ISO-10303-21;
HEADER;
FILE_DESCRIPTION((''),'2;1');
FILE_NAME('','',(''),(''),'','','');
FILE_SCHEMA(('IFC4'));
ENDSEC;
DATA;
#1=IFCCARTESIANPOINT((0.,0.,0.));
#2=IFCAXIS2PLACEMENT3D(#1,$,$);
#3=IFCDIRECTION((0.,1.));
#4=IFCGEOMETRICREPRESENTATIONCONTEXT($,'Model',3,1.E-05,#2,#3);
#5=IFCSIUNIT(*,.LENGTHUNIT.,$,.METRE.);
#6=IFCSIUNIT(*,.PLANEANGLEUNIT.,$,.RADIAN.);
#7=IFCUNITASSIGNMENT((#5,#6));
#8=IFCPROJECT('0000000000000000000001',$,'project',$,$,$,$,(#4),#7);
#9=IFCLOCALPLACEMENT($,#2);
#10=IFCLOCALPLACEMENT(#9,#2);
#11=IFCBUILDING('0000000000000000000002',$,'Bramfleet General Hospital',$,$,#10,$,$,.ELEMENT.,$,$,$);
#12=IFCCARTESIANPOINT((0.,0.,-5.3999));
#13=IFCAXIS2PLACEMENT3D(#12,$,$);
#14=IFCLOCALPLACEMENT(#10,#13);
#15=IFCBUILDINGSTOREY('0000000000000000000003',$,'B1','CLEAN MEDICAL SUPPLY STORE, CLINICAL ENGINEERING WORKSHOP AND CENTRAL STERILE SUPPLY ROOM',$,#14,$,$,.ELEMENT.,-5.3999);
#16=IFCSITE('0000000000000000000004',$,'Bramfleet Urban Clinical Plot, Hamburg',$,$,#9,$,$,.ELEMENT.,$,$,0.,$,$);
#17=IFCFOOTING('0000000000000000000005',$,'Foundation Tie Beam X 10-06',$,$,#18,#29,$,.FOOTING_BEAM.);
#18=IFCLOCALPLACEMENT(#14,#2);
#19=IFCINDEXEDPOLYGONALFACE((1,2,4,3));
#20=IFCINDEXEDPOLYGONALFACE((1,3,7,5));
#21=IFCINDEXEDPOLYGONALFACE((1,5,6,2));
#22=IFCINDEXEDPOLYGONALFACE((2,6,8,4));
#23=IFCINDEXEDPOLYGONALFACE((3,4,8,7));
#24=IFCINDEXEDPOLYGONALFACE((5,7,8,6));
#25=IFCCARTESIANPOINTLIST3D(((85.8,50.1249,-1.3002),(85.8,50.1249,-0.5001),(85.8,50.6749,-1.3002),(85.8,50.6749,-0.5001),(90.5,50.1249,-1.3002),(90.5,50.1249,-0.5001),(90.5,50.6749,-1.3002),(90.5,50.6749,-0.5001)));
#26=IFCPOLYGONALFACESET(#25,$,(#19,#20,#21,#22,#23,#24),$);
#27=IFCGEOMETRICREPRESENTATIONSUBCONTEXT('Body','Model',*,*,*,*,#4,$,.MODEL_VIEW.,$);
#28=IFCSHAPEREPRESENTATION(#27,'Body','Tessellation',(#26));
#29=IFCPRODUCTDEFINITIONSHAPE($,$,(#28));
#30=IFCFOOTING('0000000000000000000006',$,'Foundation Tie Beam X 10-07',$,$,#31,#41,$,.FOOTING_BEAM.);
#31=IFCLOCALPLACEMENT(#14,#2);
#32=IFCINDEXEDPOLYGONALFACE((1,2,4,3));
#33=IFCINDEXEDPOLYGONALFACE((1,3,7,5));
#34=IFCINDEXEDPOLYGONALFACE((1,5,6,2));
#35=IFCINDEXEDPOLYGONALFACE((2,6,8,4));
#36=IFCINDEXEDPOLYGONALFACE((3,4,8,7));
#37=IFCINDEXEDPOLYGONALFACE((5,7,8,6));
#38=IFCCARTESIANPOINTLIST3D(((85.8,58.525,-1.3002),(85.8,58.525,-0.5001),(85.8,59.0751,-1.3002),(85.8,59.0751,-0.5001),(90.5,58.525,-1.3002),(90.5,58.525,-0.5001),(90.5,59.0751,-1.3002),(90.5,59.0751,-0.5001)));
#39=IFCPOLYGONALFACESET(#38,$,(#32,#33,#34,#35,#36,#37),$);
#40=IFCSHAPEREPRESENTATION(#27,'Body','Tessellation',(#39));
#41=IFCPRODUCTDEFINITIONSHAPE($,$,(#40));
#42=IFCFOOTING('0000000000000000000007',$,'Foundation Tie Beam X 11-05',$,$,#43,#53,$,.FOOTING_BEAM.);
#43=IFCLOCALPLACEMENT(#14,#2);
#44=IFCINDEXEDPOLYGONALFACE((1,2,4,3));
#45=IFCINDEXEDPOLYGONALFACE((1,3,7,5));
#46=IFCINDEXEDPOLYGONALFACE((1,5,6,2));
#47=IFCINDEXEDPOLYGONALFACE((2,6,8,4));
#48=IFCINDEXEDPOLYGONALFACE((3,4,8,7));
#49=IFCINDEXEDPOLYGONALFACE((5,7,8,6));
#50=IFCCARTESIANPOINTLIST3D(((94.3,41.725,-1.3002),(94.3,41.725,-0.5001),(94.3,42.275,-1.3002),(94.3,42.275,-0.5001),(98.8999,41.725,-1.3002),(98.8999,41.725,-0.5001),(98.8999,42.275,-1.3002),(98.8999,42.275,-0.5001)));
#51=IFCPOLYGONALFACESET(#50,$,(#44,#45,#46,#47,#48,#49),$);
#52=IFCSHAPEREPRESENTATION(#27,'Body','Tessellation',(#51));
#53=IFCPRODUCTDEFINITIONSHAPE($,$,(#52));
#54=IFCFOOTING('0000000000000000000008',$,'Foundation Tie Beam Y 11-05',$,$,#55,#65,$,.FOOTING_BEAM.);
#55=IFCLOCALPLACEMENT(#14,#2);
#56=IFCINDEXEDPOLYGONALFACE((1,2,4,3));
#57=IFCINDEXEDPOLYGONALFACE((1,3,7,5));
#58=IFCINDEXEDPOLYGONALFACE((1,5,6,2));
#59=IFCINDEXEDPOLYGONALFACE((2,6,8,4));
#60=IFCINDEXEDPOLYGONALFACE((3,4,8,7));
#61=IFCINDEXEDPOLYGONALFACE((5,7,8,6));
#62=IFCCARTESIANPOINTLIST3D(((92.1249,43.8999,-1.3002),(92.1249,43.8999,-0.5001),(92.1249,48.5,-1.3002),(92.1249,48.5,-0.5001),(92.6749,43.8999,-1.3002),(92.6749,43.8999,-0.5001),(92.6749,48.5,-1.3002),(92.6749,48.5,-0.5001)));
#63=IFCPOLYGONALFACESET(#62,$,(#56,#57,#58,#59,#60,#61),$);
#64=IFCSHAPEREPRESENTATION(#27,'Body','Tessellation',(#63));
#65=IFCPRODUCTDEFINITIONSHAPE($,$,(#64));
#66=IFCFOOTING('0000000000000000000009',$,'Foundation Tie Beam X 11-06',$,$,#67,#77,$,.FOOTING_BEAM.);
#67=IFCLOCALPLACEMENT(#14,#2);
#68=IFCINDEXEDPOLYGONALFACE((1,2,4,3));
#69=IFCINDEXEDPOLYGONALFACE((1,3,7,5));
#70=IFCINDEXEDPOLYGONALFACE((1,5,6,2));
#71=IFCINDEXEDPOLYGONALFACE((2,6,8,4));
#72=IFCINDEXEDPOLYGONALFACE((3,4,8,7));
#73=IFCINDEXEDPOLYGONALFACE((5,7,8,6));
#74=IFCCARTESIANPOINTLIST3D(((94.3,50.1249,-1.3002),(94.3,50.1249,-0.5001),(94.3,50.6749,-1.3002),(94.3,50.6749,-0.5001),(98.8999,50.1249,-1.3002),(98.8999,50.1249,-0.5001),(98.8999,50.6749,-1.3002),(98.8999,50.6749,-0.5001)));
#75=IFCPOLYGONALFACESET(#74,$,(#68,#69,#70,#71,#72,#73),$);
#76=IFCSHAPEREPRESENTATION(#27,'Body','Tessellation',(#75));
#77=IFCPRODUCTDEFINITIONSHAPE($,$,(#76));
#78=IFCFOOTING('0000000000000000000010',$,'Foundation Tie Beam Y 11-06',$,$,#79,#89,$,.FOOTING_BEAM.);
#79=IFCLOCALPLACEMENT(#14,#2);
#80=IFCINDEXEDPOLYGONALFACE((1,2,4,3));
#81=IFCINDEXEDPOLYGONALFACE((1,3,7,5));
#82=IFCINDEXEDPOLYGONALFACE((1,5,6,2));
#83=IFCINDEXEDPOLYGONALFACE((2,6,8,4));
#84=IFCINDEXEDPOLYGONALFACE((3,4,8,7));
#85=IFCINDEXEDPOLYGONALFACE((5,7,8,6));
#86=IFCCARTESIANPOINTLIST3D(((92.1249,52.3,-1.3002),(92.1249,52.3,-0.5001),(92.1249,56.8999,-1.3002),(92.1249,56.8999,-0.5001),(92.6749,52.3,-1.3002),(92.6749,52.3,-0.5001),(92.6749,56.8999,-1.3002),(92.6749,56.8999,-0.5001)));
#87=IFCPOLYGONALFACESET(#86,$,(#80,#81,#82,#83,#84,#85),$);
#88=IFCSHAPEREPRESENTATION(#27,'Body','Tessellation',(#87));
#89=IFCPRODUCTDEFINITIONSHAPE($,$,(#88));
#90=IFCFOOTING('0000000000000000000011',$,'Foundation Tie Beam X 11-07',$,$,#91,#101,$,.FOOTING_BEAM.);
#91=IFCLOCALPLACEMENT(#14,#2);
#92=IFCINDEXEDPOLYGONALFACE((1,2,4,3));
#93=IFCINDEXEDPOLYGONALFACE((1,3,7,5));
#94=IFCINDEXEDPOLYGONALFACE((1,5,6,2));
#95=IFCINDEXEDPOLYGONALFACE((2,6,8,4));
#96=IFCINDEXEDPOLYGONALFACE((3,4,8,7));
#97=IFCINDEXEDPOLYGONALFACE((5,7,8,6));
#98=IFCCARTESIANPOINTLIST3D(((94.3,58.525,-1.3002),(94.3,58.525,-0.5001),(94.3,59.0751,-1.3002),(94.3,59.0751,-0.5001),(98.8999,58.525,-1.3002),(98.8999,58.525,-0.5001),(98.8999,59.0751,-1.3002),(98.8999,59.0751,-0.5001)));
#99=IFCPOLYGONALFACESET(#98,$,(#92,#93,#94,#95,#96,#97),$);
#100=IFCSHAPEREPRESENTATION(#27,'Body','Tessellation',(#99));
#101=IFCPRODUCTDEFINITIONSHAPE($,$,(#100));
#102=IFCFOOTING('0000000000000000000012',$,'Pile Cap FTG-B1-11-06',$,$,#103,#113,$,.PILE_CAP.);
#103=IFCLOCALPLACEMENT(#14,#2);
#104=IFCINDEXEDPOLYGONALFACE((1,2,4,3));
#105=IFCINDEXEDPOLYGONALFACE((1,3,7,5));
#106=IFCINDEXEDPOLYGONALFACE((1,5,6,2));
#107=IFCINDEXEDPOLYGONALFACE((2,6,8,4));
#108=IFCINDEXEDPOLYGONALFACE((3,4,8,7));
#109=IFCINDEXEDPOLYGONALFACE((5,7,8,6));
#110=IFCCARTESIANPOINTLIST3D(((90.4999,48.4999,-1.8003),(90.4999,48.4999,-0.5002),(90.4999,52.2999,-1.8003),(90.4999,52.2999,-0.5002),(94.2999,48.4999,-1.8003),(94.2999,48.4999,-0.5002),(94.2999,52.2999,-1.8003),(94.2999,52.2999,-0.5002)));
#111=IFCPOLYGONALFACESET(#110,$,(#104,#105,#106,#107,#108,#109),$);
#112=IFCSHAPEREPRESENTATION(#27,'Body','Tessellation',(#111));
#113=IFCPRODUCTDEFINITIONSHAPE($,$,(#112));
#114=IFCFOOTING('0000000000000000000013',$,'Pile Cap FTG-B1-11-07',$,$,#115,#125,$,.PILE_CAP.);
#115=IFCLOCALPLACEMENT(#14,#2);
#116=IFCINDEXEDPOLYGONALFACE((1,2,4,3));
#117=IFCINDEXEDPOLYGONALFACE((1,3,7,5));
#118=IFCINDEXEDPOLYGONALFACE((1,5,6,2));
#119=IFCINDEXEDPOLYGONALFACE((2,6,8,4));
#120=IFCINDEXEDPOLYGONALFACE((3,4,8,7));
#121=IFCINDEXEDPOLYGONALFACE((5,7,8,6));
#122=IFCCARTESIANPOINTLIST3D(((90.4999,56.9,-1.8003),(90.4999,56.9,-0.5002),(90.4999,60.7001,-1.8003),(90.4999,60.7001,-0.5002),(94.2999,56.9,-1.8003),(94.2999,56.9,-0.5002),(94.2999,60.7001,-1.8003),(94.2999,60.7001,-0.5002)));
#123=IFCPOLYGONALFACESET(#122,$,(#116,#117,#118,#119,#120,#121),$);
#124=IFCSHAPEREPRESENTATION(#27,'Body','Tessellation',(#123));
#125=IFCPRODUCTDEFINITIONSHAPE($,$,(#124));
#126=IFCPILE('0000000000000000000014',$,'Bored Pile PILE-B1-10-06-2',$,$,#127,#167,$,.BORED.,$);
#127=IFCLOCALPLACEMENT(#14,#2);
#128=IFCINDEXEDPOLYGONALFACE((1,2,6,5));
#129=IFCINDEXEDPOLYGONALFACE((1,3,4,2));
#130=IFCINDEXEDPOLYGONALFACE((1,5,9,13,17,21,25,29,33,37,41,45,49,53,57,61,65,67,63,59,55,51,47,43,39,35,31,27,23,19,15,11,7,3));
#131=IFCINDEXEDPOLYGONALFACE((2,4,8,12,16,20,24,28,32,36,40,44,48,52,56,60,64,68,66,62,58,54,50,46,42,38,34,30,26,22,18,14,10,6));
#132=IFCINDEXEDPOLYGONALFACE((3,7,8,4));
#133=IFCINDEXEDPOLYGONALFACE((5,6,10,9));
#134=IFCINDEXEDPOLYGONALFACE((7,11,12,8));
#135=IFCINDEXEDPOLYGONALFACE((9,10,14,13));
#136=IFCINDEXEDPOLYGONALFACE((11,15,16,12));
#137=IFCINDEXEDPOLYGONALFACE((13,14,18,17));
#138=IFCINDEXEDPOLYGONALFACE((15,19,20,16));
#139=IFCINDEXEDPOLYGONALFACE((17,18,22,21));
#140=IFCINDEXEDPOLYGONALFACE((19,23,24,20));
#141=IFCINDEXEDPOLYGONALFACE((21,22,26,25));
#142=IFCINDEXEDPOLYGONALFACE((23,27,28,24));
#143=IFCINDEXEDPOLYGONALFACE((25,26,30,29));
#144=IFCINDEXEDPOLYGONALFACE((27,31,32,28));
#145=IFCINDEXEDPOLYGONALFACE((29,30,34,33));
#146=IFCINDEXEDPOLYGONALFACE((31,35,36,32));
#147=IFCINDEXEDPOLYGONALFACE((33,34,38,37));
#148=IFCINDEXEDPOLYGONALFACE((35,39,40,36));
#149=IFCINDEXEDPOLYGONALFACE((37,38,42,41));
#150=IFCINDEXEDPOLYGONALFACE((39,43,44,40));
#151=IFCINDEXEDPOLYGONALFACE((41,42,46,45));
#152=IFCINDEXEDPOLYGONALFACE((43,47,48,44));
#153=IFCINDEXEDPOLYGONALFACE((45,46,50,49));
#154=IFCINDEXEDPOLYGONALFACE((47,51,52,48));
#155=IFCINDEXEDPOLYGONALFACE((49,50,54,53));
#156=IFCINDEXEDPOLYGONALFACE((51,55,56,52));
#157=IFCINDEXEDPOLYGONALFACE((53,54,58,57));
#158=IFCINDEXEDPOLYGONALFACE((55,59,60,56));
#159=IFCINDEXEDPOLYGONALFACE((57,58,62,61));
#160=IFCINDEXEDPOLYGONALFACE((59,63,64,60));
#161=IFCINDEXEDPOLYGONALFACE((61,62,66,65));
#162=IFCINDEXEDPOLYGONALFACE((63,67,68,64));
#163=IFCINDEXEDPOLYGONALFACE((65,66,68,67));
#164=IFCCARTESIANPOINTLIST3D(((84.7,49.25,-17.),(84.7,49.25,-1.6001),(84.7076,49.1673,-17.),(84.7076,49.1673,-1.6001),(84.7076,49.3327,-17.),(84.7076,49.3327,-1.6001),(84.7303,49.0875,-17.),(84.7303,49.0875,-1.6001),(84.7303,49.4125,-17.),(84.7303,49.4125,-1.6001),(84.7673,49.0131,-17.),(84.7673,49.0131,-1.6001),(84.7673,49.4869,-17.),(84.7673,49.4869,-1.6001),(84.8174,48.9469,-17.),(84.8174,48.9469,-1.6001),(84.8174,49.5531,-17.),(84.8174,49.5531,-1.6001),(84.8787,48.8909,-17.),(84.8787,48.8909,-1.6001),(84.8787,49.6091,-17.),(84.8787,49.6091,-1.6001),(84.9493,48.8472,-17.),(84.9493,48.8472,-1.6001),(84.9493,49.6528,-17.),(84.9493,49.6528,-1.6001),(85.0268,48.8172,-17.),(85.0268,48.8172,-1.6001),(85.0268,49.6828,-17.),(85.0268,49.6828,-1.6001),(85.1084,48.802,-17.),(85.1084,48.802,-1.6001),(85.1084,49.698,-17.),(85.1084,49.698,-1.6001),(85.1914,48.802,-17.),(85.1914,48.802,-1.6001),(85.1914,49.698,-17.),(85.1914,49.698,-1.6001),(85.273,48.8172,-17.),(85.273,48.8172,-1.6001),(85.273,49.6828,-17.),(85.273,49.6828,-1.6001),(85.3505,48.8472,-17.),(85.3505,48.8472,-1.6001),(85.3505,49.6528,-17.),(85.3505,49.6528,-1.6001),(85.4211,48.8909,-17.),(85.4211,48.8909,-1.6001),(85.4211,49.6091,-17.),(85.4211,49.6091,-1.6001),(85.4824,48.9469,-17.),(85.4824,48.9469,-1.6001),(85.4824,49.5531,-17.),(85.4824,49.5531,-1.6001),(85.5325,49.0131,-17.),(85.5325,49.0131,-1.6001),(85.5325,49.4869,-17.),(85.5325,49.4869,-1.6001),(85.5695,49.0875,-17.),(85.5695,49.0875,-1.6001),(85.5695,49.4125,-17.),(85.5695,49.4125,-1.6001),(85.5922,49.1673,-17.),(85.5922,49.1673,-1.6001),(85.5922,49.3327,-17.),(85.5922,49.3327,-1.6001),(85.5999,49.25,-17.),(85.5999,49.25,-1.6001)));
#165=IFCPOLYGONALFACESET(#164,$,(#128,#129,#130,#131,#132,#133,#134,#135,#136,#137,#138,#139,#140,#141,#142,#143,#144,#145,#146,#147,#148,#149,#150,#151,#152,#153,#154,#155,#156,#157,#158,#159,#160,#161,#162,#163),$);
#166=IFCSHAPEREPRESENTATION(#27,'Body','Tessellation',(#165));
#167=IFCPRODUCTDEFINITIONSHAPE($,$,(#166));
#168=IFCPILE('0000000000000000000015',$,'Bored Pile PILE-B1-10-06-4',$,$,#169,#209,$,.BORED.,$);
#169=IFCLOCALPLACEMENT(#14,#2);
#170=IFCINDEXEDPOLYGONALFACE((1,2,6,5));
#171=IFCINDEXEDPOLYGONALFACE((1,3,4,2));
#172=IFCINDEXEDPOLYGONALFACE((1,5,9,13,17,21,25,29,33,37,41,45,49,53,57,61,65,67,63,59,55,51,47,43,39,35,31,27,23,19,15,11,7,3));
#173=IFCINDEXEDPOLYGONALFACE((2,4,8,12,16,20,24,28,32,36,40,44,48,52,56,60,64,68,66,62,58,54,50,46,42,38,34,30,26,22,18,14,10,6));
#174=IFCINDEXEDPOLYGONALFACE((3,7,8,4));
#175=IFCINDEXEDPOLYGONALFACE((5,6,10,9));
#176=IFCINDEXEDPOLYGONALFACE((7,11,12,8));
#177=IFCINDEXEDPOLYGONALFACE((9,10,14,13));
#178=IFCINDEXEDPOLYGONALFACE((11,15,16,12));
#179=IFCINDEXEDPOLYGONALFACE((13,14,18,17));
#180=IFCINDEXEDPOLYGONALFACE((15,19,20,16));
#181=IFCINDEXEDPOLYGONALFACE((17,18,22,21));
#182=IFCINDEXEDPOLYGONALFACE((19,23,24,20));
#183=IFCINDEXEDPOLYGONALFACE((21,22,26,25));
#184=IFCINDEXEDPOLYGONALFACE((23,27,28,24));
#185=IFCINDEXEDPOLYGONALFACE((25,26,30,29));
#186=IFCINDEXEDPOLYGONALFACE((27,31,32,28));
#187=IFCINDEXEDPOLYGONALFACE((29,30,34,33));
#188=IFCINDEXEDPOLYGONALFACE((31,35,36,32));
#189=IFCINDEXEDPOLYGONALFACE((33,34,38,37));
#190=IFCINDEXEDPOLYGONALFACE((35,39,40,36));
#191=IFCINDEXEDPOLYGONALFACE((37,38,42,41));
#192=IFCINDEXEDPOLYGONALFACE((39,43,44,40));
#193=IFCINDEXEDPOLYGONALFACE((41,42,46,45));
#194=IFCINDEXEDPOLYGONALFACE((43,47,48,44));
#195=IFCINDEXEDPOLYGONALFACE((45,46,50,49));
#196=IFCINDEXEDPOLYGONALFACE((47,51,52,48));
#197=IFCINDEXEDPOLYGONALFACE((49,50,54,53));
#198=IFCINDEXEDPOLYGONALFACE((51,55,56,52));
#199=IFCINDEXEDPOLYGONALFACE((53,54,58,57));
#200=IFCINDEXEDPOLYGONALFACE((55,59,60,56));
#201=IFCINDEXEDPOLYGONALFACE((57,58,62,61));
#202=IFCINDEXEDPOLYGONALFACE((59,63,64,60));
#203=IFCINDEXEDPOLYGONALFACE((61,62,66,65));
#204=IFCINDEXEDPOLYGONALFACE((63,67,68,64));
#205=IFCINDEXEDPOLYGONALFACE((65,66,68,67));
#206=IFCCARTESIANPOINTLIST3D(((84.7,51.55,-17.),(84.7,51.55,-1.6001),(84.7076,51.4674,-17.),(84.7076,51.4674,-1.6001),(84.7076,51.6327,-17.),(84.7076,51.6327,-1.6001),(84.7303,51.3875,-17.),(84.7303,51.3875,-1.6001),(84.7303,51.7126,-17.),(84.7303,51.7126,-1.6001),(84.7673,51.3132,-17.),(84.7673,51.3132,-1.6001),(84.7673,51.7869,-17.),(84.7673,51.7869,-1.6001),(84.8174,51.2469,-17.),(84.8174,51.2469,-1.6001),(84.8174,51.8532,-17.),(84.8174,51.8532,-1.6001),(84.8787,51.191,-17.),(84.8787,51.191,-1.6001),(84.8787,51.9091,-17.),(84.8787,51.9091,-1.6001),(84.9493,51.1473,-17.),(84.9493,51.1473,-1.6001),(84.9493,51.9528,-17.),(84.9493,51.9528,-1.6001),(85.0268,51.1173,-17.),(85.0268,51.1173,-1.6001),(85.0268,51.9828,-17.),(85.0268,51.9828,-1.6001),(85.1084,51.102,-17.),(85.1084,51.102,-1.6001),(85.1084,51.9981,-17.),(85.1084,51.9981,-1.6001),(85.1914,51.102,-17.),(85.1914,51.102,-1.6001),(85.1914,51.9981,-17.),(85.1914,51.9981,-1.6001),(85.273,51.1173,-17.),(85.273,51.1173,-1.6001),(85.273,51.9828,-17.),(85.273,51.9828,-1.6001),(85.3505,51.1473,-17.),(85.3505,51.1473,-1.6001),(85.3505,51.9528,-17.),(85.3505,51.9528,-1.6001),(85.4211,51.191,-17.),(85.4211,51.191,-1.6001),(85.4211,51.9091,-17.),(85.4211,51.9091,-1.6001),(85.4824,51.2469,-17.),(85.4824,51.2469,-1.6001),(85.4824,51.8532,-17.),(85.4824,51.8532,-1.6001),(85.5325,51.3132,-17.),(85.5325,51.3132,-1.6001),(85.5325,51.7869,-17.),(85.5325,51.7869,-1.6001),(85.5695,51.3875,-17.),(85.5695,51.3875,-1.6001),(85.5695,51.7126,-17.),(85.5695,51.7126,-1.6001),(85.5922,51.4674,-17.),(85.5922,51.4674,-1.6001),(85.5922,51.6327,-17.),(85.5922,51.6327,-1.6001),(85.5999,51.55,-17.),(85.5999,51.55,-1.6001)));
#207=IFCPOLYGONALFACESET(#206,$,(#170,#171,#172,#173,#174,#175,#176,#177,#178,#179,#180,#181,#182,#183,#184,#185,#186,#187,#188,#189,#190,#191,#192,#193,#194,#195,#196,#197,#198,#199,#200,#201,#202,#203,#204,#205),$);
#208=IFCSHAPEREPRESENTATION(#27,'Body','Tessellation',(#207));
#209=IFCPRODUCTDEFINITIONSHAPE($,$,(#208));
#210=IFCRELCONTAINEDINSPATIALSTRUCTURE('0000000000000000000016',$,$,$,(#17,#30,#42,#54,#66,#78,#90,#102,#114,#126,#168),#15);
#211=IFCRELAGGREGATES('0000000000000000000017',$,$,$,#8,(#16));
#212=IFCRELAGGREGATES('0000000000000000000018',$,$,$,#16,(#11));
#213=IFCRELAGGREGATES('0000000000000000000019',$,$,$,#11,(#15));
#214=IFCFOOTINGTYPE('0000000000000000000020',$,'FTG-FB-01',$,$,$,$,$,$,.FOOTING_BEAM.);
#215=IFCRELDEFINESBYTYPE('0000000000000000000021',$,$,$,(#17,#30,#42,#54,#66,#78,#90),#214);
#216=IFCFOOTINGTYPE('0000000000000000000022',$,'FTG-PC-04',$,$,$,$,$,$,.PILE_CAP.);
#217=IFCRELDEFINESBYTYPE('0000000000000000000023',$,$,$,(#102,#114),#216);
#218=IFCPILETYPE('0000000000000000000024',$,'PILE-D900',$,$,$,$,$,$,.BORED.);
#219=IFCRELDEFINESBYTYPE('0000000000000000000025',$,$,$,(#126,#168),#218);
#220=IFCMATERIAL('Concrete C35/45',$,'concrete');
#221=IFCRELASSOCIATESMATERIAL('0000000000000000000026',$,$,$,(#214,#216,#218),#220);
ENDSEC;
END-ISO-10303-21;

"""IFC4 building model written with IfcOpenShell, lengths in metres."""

from ifc_helpers import new_model, si_unit, direction, frame, origin, origin_2d, place, context, subcontext, project, spatial, rectangle, circle, extrude, material, material_profile, profile_set, type_object, element, save


model = new_model("IFC4")

# Units and contexts
model_context = context("Model", 3, precision=1e-05, world=origin(), true_north=direction((0.0, 1.0)))
body_context = subcontext(model_context, "Body", "Model", "MODEL_VIEW")
ifc_project = project(units=[si_unit("LENGTHUNIT", "METRE"), si_unit("PLANEANGLEUNIT", "RADIAN")], contexts=[model_context])

# Site, building, storey
site_placement = place(None, origin())
site = spatial("IfcSite", under=ifc_project, at=site_placement, Name="Bramfleet Urban Clinical Plot, Hamburg", CompositionType="ELEMENT", RefElevation=0.0)
building_placement = place(site_placement, origin())
building = spatial("IfcBuilding", under=site, at=building_placement, Name="Bramfleet General Hospital", CompositionType="ELEMENT")
storey_placement = place(building_placement, frame((0.0, 0.0, -5.3999)))
storey = spatial("IfcBuildingStorey", under=building, at=storey_placement, Name="B1", Description="CLEAN MEDICAL SUPPLY STORE, CLINICAL ENGINEERING WORKSHOP AND CENTRAL STERILE SUPPLY ROOM", CompositionType="ELEMENT", Elevation=-5.3999)

# Footings
ifc_material_1 = material(Name="Concrete C35/45", Category="concrete")
ifc_material_profile_1 = material_profile(ifc_material_1, rectangle(XDim=0.55, YDim=0.8, at=origin_2d()), Name="RC FB 800x550")
ifc_profile_set_1 = profile_set([ifc_material_profile_1], Name="Concrete C35/45")
footing_type_1 = type_object("IfcFootingType", Name="FTG-FB-01", PredefinedType="FOOTING_BEAM", material=ifc_profile_set_1)
for number, where, z_axis, x_axis, name in (
    (1, (85.8, 50.3999, -0.9001), (1.0, 0.0, 0.0), (0.0, 1.0, 0.0), "Foundation Tie Beam X 10-06"),
    (2, (85.8, 58.8, -0.9001), (1.0, 0.0, 0.0), (0.0, 1.0, 0.0), "Foundation Tie Beam X 10-07"),
):
    element("IfcFooting", number, at=place(storey_placement, frame(where, z_axis=z_axis, x_axis=x_axis)), inside=storey, type_object=footing_type_1, Name=name, PredefinedType="FOOTING_BEAM", context=body_context, shape_type="SweptSolid", body=[
        extrude(rectangle(XDim=0.55, YDim=0.8, at=origin_2d()), origin(), (0.0, 0.0, 1.0), 4.7),
    ])
footing_1_placement = place(storey_placement, frame((94.3, 42.0, -0.9001), z_axis=(1.0, 0.0, 0.0), x_axis=(0.0, 1.0, 0.0)))
element("IfcFooting", 3, at=footing_1_placement, inside=storey, type_object=footing_type_1, Name="Foundation Tie Beam X 11-05", PredefinedType="FOOTING_BEAM", context=body_context, shape_type="SweptSolid", body=[
    extrude(rectangle(XDim=0.55, YDim=0.8, at=origin_2d()), origin(), (0.0, 0.0, 1.0), 4.5999),
])
footing_2_placement = place(storey_placement, frame((92.3999, 43.8999, -0.9001), z_axis=(0.0, 1.0, 0.0), x_axis=(-1.0, 0.0, 0.0)))
element("IfcFooting", 4, at=footing_2_placement, inside=storey, type_object=footing_type_1, Name="Foundation Tie Beam Y 11-05", PredefinedType="FOOTING_BEAM", context=body_context, shape_type="SweptSolid", body=[
    extrude(rectangle(XDim=0.55, YDim=0.8, at=origin_2d()), origin(), (0.0, 0.0, 1.0), 4.6001),
])
for number, where, z_axis, x_axis, name in (
    (5, (94.3, 50.3999, -0.9001), (1.0, 0.0, 0.0), (0.0, 1.0, 0.0), "Foundation Tie Beam X 11-06"),
    (6, (92.3999, 52.3, -0.9001), (0.0, 1.0, 0.0), (-1.0, 0.0, 0.0), "Foundation Tie Beam Y 11-06"),
    (7, (94.3, 58.8, -0.9001), (1.0, 0.0, 0.0), (0.0, 1.0, 0.0), "Foundation Tie Beam X 11-07"),
):
    element("IfcFooting", number, at=place(storey_placement, frame(where, z_axis=z_axis, x_axis=x_axis)), inside=storey, type_object=footing_type_1, Name=name, PredefinedType="FOOTING_BEAM", context=body_context, shape_type="SweptSolid", body=[
        extrude(rectangle(XDim=0.55, YDim=0.8, at=origin_2d()), origin(), (0.0, 0.0, 1.0), 4.5999),
    ])
footing_type_2 = type_object("IfcFootingType", Name="FTG-PC-04", PredefinedType="PILE_CAP", material=ifc_material_1)
for number, where, z_axis, x_axis, name in (
    (8, (92.3999, 50.3999, -1.8003), (0.0, 0.0, 1.0), (1.0, 0.0, 0.0), "Pile Cap FTG-B1-11-06"),
    (9, (92.3999, 58.8, -1.8003), (0.0, 0.0, 1.0), (1.0, 0.0, 0.0), "Pile Cap FTG-B1-11-07"),
):
    element("IfcFooting", number, at=place(storey_placement, frame(where, z_axis=z_axis, x_axis=x_axis)), inside=storey, type_object=footing_type_2, Name=name, PredefinedType="PILE_CAP", context=body_context, shape_type="SweptSolid", body=[
        extrude(rectangle(XDim=3.8, YDim=3.8, at=origin_2d()), origin(), (0.0, 0.0, 1.0), 1.3),
    ])

# Piles
ifc_material_profile_2 = material_profile(ifc_material_1, circle(Radius=0.45, at=origin_2d()), Name="PILE BORED D900")
ifc_profile_set_2 = profile_set([ifc_material_profile_2], Name="Concrete C35/45")
pile_type = type_object("IfcPileType", Name="PILE-D900", PredefinedType="BORED", material=ifc_profile_set_2)
for number, where, z_axis, x_axis, name in (
    (10, (85.1499, 49.25, -1.6001), (0.0, 0.0, -1.0), (1.0, 0.0, 0.0), "Bored Pile PILE-B1-10-06-2"),
    (11, (85.1499, 51.55, -1.6001), (0.0, 0.0, -1.0), (1.0, 0.0, 0.0), "Bored Pile PILE-B1-10-06-4"),
):
    element("IfcPile", number, at=place(storey_placement, frame(where, z_axis=z_axis, x_axis=x_axis)), inside=storey, type_object=pile_type, Name=name, PredefinedType="BORED", context=body_context, shape_type="SweptSolid", body=[
        extrude(circle(Radius=0.45, at=origin_2d()), origin(), (0.0, 0.0, 1.0), 15.3999),
    ])

save(model, "model.ifc")
